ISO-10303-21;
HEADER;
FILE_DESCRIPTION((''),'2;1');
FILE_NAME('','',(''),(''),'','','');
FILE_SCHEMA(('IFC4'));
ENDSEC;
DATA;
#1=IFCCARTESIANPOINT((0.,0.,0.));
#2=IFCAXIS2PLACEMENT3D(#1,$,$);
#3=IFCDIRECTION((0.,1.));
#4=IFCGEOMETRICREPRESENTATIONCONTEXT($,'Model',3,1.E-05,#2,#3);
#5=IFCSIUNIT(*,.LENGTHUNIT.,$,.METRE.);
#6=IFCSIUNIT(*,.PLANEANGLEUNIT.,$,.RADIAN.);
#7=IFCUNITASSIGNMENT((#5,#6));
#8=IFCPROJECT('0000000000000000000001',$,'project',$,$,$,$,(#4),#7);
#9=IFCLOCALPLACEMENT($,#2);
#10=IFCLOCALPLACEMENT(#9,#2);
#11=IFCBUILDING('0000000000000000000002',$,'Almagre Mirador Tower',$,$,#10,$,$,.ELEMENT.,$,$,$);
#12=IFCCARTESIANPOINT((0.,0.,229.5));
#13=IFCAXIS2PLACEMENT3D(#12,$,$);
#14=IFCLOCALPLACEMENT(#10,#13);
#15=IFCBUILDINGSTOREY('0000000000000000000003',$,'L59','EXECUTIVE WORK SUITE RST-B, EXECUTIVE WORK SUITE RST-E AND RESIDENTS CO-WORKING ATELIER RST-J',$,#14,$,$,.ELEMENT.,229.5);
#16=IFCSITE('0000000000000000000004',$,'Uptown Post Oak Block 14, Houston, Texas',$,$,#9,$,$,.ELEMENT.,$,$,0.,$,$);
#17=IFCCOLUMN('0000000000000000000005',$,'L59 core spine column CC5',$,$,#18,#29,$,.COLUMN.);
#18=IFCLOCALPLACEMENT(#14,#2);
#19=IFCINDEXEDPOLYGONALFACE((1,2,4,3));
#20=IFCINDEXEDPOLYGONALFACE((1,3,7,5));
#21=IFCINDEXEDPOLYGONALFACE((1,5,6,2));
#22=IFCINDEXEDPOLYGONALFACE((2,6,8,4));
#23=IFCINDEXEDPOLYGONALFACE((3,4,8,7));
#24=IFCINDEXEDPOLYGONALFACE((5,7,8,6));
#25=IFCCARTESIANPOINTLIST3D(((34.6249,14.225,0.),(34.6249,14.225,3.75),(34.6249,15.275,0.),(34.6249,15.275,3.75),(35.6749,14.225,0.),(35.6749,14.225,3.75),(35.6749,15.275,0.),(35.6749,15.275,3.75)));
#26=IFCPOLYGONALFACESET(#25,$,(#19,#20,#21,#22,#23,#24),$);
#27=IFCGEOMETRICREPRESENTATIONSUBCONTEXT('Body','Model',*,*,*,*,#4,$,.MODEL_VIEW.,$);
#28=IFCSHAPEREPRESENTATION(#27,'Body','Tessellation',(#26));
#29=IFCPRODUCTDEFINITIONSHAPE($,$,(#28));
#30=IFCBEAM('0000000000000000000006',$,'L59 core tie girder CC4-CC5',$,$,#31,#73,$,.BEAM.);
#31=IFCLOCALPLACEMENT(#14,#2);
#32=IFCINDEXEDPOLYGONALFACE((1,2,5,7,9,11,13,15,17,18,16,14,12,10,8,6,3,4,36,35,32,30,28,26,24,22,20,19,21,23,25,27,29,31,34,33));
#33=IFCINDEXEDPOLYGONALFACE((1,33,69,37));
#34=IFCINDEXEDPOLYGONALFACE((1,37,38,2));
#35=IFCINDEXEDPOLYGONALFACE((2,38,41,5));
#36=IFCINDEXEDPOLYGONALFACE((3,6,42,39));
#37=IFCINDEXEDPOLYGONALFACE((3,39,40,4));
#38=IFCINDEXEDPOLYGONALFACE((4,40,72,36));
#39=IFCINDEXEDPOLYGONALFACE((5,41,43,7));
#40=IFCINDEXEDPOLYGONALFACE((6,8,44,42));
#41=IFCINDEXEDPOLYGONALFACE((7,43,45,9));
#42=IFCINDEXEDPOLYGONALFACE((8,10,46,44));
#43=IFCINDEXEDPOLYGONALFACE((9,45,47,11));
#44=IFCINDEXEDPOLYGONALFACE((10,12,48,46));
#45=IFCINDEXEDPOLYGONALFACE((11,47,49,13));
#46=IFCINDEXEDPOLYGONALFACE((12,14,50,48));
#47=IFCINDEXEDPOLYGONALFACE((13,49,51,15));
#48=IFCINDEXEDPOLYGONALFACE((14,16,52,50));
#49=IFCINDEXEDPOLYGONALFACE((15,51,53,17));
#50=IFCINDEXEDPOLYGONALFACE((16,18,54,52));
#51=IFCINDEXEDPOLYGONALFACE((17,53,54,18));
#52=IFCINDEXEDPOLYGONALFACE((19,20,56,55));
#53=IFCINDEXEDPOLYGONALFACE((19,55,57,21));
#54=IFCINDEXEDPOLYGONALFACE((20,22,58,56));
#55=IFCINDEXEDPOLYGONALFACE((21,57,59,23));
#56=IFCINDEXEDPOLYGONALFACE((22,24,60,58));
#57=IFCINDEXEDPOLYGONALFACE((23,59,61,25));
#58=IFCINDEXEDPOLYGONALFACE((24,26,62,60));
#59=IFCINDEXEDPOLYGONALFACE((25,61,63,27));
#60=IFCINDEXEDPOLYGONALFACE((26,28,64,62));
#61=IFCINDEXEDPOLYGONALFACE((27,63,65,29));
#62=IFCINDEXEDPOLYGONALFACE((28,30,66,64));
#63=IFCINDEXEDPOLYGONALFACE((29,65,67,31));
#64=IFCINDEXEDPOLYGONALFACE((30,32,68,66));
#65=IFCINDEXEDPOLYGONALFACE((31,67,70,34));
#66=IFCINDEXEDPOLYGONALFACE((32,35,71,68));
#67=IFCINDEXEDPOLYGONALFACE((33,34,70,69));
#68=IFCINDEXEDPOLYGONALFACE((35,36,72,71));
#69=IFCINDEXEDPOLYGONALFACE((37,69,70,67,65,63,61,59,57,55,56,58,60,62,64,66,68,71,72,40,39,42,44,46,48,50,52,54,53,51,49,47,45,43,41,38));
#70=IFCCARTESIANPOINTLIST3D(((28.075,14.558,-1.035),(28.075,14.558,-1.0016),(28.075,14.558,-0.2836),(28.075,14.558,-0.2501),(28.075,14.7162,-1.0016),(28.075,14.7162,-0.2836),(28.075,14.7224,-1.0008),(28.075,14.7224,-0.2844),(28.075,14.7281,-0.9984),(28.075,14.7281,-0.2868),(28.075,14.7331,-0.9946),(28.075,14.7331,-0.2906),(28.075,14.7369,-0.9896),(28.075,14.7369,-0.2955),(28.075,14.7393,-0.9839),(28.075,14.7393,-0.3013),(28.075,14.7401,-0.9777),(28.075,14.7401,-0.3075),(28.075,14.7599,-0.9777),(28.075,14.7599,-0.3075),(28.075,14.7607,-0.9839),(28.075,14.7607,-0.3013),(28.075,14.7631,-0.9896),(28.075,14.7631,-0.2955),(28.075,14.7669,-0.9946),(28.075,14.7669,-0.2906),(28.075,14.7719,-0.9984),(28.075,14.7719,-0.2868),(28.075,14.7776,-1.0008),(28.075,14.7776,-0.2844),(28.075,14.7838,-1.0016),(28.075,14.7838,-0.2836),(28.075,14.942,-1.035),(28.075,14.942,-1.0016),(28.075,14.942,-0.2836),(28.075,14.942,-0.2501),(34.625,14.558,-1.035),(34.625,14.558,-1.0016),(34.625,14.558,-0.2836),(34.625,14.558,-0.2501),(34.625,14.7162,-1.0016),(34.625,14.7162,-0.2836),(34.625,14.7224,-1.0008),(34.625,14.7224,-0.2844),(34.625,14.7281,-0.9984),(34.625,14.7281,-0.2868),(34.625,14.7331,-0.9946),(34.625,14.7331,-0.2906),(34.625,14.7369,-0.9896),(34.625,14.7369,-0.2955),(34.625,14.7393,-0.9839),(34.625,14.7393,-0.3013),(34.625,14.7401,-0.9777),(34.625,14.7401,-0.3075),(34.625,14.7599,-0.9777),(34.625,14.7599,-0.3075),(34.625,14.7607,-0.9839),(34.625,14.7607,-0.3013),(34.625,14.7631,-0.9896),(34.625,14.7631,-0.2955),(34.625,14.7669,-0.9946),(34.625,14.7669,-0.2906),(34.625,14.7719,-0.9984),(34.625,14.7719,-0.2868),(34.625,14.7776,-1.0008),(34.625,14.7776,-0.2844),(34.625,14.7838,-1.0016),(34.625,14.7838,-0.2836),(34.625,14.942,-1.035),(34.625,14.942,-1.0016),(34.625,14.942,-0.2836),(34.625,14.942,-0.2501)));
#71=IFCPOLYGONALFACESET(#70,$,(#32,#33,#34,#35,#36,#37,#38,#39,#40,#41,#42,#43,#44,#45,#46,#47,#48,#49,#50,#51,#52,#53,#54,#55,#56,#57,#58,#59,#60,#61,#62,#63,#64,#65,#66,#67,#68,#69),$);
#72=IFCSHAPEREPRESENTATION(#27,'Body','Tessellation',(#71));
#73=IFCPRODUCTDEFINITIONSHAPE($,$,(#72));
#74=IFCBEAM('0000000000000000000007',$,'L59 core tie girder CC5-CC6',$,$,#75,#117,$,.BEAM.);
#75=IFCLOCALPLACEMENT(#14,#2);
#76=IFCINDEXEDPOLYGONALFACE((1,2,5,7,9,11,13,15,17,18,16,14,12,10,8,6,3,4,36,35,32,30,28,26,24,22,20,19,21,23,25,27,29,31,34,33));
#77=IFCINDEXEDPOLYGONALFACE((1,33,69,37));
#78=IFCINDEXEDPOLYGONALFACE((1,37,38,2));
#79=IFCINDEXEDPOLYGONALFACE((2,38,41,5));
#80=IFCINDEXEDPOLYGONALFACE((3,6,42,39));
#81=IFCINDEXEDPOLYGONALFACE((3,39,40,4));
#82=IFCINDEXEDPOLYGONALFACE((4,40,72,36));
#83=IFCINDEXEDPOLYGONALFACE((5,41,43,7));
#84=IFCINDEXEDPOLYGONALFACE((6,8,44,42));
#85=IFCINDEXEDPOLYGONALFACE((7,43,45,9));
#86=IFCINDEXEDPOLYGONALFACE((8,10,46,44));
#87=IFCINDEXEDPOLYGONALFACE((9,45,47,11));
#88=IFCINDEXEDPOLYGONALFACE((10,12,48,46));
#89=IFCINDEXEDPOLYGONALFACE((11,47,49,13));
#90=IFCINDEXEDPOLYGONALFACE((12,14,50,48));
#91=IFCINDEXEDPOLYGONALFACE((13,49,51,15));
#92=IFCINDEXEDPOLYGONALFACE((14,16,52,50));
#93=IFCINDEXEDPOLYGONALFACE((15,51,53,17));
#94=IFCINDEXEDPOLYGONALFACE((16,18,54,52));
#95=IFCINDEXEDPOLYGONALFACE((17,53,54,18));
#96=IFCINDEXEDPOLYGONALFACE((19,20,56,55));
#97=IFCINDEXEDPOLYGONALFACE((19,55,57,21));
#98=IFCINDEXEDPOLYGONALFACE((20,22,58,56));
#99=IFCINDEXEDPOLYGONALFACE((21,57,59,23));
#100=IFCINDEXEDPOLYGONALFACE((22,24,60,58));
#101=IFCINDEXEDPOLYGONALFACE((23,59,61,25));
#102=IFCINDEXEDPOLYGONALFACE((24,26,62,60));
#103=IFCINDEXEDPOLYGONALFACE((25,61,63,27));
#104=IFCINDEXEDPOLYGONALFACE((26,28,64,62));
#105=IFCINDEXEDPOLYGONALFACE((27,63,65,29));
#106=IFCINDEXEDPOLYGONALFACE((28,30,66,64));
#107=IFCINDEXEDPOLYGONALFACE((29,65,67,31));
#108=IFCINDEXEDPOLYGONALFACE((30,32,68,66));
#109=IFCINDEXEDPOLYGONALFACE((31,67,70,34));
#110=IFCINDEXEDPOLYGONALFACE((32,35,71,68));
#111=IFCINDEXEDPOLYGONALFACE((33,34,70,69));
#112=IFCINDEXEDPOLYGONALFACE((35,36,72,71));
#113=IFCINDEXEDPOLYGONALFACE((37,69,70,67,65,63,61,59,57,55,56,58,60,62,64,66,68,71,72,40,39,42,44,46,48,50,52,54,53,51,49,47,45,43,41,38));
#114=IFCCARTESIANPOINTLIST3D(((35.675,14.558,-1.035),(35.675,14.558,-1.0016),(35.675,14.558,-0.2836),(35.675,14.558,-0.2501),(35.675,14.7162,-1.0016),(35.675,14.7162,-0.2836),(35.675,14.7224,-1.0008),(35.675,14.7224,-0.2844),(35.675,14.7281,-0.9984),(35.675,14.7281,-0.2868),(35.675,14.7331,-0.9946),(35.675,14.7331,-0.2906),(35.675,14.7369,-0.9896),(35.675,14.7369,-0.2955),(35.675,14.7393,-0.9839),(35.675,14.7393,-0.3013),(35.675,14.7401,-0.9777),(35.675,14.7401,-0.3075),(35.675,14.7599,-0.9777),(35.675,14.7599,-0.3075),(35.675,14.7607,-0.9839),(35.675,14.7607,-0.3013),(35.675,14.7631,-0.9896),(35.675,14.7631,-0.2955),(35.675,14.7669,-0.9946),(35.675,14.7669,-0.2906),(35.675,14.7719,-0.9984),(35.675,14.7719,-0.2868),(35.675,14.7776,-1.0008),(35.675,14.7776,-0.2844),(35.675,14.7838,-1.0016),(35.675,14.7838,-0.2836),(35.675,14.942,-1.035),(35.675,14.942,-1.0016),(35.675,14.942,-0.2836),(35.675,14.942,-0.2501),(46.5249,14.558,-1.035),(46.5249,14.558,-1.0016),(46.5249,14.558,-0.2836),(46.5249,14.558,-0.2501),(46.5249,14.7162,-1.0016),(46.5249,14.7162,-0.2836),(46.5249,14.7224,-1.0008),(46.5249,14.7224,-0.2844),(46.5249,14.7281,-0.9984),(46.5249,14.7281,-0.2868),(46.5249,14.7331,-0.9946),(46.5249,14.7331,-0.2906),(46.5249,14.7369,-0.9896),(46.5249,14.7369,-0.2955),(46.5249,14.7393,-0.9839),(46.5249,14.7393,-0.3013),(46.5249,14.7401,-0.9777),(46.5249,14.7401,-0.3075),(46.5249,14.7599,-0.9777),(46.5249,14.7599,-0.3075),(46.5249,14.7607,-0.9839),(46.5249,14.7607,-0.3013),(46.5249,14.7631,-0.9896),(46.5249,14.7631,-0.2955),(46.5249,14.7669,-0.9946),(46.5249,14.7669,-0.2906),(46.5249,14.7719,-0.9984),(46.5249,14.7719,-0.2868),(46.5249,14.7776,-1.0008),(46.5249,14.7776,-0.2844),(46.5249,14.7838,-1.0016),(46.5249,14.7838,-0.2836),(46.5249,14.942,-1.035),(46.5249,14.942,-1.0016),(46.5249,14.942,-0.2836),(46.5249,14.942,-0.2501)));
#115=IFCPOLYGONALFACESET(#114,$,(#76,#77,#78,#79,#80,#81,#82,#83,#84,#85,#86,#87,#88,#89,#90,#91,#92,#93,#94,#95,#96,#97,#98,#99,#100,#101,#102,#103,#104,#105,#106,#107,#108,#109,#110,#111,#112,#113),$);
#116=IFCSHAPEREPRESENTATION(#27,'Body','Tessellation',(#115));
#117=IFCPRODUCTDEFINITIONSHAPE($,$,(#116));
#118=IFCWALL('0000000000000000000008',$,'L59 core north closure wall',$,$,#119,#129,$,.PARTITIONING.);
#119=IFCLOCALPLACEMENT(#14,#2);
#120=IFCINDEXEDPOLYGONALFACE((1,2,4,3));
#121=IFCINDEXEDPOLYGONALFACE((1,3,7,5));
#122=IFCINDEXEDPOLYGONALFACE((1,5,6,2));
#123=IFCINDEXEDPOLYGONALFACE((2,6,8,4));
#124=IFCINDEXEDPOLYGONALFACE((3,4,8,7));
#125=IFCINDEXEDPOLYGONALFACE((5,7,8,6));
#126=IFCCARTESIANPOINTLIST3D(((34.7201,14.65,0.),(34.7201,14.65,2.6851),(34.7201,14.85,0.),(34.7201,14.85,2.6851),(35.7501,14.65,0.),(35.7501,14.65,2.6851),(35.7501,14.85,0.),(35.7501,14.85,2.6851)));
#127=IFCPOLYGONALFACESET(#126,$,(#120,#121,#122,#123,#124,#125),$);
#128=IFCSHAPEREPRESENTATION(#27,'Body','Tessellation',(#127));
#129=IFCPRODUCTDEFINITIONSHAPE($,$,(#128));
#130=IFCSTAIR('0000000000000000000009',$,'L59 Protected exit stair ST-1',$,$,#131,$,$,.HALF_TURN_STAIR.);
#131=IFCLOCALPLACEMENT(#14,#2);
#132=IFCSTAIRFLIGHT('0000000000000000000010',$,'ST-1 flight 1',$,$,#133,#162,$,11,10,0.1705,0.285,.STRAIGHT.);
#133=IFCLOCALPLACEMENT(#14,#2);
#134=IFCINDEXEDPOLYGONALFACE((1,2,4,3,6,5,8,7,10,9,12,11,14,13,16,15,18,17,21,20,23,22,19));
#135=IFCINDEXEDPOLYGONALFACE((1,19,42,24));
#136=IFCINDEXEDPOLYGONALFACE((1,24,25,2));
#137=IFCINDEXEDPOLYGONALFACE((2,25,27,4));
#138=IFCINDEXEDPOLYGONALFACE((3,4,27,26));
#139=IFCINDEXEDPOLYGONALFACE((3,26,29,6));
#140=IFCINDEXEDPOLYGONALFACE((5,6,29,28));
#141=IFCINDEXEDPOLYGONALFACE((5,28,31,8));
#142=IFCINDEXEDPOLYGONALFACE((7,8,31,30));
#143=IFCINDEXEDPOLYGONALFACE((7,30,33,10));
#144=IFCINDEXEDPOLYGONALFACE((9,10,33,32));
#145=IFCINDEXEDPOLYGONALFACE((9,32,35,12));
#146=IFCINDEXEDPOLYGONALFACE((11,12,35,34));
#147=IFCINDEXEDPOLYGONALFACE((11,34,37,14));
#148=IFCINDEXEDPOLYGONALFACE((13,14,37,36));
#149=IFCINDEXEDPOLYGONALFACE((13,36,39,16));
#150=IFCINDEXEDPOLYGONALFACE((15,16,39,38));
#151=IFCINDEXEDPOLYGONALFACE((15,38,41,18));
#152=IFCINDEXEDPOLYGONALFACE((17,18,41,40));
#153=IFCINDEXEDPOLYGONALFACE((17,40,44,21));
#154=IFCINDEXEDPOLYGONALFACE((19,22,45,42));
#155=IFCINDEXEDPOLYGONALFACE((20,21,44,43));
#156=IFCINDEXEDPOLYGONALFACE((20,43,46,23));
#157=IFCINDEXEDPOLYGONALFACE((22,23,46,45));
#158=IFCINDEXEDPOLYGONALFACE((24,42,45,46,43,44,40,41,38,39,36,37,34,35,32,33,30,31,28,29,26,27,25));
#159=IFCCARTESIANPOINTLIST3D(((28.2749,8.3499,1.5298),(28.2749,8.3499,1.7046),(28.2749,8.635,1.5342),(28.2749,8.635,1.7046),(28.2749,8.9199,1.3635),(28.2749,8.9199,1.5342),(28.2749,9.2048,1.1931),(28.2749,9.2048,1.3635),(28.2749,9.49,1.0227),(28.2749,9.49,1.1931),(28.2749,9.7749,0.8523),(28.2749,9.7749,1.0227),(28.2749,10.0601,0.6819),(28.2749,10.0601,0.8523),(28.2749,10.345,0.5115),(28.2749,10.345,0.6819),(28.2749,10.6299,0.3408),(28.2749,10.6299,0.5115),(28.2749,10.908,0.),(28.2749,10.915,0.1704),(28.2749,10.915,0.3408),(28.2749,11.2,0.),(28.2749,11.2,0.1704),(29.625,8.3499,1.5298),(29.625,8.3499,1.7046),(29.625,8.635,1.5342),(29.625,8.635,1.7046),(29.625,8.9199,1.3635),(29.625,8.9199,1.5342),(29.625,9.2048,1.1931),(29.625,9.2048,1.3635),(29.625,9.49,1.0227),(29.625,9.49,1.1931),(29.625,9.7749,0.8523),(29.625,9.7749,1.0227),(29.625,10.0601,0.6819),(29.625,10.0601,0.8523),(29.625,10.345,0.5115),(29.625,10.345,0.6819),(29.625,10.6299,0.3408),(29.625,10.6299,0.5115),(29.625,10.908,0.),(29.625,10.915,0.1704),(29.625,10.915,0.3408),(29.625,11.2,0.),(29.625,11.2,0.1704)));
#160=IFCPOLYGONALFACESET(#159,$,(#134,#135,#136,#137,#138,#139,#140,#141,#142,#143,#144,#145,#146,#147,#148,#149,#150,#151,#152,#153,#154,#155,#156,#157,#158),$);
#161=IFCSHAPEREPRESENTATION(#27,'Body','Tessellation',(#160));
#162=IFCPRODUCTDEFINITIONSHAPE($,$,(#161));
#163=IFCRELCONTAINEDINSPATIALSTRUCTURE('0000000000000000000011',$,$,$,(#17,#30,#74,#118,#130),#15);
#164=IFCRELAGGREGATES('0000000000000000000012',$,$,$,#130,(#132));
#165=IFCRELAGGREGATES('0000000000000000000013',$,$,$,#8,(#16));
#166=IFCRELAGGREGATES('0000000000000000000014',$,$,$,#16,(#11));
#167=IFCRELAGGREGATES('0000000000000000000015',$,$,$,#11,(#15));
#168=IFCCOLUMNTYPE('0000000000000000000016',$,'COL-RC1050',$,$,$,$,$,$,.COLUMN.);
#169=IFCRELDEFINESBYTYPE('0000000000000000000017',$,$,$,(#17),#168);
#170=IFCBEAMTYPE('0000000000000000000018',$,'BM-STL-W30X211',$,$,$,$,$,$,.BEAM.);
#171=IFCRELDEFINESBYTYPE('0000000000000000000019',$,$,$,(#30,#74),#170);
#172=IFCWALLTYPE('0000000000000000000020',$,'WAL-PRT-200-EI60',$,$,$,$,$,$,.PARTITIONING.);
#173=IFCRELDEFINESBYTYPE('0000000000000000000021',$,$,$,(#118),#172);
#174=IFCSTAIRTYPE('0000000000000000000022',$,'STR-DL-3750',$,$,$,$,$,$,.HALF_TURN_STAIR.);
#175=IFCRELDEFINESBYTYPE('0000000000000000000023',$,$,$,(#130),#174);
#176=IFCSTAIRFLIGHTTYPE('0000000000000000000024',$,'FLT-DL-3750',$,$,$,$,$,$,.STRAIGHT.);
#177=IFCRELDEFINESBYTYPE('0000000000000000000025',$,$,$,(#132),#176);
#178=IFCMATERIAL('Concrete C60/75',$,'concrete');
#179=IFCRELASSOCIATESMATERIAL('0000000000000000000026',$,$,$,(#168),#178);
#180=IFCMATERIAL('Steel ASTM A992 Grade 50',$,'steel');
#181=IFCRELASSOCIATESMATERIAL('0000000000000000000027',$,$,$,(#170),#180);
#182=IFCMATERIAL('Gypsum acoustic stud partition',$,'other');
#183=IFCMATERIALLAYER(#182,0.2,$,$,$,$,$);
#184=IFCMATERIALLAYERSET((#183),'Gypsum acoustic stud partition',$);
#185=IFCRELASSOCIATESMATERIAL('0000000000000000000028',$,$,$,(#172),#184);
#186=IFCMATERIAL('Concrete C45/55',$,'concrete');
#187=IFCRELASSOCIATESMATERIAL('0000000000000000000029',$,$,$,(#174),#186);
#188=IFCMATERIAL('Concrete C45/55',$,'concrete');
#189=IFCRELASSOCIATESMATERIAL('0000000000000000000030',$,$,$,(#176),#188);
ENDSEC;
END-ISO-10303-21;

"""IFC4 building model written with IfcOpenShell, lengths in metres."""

from ifc_helpers import new_model, si_unit, direction, frame, frame_2d, origin, origin_2d, place, context, subcontext, project, spatial, polyline, rectangle, i_section, outline, extrude, material, layer, layer_set, material_profile, profile_set, type_object, element, aggregate, save


model = new_model("IFC4")

# Units and contexts
model_context = context("Model", 3, precision=1e-05, world=origin(), true_north=direction((0.0, 1.0)))
body_context = subcontext(model_context, "Body", "Model", "MODEL_VIEW")
ifc_project = project(units=[si_unit("LENGTHUNIT", "METRE"), si_unit("PLANEANGLEUNIT", "RADIAN")], contexts=[model_context])

# Site, building, storey
site_placement = place(None, origin())
site = spatial("IfcSite", under=ifc_project, at=site_placement, Name="Uptown Post Oak Block 14, Houston, Texas", CompositionType="ELEMENT", RefElevation=0.0)
building_placement = place(site_placement, origin())
building = spatial("IfcBuilding", under=site, at=building_placement, Name="Almagre Mirador Tower", CompositionType="ELEMENT")
storey_placement = place(building_placement, frame((0.0, 0.0, 229.5)))
storey = spatial("IfcBuildingStorey", under=building, at=storey_placement, Name="L59", Description="EXECUTIVE WORK SUITE RST-B, EXECUTIVE WORK SUITE RST-E AND RESIDENTS CO-WORKING ATELIER RST-J", CompositionType="ELEMENT", Elevation=229.5)

# Column
ifc_material_1 = material(Name="Concrete C60/75", Category="concrete")
ifc_material_profile_1 = material_profile(ifc_material_1, rectangle(XDim=1.05, YDim=1.05, at=origin_2d()), Name="RC1050X1050")
ifc_profile_set_1 = profile_set([ifc_material_profile_1], Name="Concrete C60/75")
column_type = type_object("IfcColumnType", Name="COL-RC1050", PredefinedType="COLUMN", material=ifc_profile_set_1)
column_placement = place(storey_placement, frame((35.1499, 14.75, 0.0), z_axis=(0.0, 0.0, 1.0), x_axis=(1.0, 0.0, 0.0)))
element("IfcColumn", 1, at=column_placement, inside=storey, type_object=column_type, Name="L59 core spine column CC5", PredefinedType="COLUMN", context=body_context, shape_type="SweptSolid", body=[
    extrude(rectangle(XDim=1.05, YDim=1.05, at=origin_2d()), origin(), (0.0, 0.0, 1.0), 3.75),
])

# Beams
ifc_material_2 = material(Name="Steel ASTM A992 Grade 50", Category="steel")
ifc_material_profile_2 = material_profile(ifc_material_2, i_section(OverallWidth=0.384, OverallDepth=0.7849, WebThickness=0.0198, FlangeThickness=0.0334, FilletRadius=0.0239, at=origin_2d()), Name="W30X211")
ifc_profile_set_2 = profile_set([ifc_material_profile_2], Name="Steel ASTM A992 Grade 50")
beam_type = type_object("IfcBeamType", Name="BM-STL-W30X211", PredefinedType="BEAM", material=ifc_profile_set_2)
beam_1_placement = place(storey_placement, frame((28.075, 14.75, -0.6426), z_axis=(1.0, 0.0, 0.0), x_axis=(0.0, 1.0, 0.0)))
element("IfcBeam", 2, at=beam_1_placement, inside=storey, type_object=beam_type, Name="L59 core tie girder CC4-CC5", PredefinedType="BEAM", context=body_context, shape_type="SweptSolid", body=[
    extrude(i_section(OverallWidth=0.384, OverallDepth=0.7849, WebThickness=0.0198, FlangeThickness=0.0334, FilletRadius=0.0239, at=origin_2d()), origin(), (0.0, 0.0, 1.0), 6.55),
])
beam_2_placement = place(storey_placement, frame((35.675, 14.75, -0.6426), z_axis=(1.0, 0.0, 0.0), x_axis=(0.0, 1.0, 0.0)))
element("IfcBeam", 3, at=beam_2_placement, inside=storey, type_object=beam_type, Name="L59 core tie girder CC5-CC6", PredefinedType="BEAM", context=body_context, shape_type="SweptSolid", body=[
    extrude(i_section(OverallWidth=0.384, OverallDepth=0.7849, WebThickness=0.0198, FlangeThickness=0.0334, FilletRadius=0.0239, at=origin_2d()), origin(), (0.0, 0.0, 1.0), 10.8499),
])

# Wall
ifc_material_3 = material(Name="Gypsum acoustic stud partition", Category="other")
ifc_layer_1 = layer(ifc_material_3, 0.2)
ifc_layer_set_1 = layer_set([ifc_layer_1], Name="Gypsum acoustic stud partition")
wall_type_1 = type_object("IfcWallType", Name="WAL-PRT-200-EI60", PredefinedType="PARTITIONING", material=ifc_layer_set_1)
wall_1_placement = place(storey_placement, frame((34.72, 14.75, 0.0), z_axis=(0.0, 0.0, 1.0), x_axis=(1.0, 0.0, 0.0)))
element("IfcWall", 4, at=wall_1_placement, inside=storey, type_object=wall_type_1, Name="L59 core north closure wall", PredefinedType="PARTITIONING", context=body_context, shape_type="SweptSolid", body=[
    extrude(rectangle(XDim=1.03, YDim=0.2, at=frame_2d((0.5151, 0.0))), origin(), (0.0, 0.0, 1.0), 2.6851),
])

# Stair, stair flight
ifc_material_4 = material(Name="Concrete C45/55", Category="concrete")
stair_type = type_object("IfcStairType", Name="STR-DL-3750", PredefinedType="HALF_TURN_STAIR", material=ifc_material_4)
stair_1_placement = place(storey_placement, origin())
stair_1 = element("IfcStair", 5, at=stair_1_placement, inside=storey, type_object=stair_type, Name="L59 Protected exit stair ST-1", PredefinedType="HALF_TURN_STAIR")
ifc_material_5 = material(Name="Concrete C45/55", Category="concrete")
stair_flight_type = type_object("IfcStairFlightType", Name="FLT-DL-3750", PredefinedType="STRAIGHT", material=ifc_material_5)
stair_flight_1_placement = place(storey_placement, frame((28.95, 11.2, 0.0), z_axis=(0.0, 0.0, 1.0), x_axis=(0.0, -1.0, 0.0)))
stair_flight_1 = element("IfcStairFlight", 6, at=stair_flight_1_placement, type_object=stair_flight_type, Name="ST-1 flight 1", NumberOfRisers=11, NumberOfTreads=10, PredefinedType="STRAIGHT", RiserHeight=0.1705, TreadLength=0.285, context=body_context, shape_type="SweptSolid", body=[
    extrude(outline(polyline([(0.0, 0.0), (0.0, 0.1704), (0.2849, 0.1704), (0.2849, 0.3408), (0.5701, 0.3408), (0.5701, 0.5115), (0.855, 0.5115), (0.855, 0.6819), (1.1399, 0.6819), (1.1399, 0.8523), (1.425, 0.8523), (1.425, 1.0227), (1.71, 1.0227), (1.71, 1.1931), (1.9951, 1.1931), (1.9951, 1.3635), (2.28, 1.3635), (2.28, 1.5342), (2.5649, 1.5342), (2.5649, 1.7046), (2.8501, 1.7046), (2.8501, 1.875), (2.8501, 1.5298), (0.292, 0.0), (0.0, 0.0)])), frame((0.0, 0.675, 0.0), z_axis=(0.0, -1.0, 0.0), x_axis=(1.0, 0.0, 0.0)), (0.0, 0.0, 1.0), 1.3501),
])
aggregate(stair_1, [stair_flight_1])

save(model, "model.ifc")
